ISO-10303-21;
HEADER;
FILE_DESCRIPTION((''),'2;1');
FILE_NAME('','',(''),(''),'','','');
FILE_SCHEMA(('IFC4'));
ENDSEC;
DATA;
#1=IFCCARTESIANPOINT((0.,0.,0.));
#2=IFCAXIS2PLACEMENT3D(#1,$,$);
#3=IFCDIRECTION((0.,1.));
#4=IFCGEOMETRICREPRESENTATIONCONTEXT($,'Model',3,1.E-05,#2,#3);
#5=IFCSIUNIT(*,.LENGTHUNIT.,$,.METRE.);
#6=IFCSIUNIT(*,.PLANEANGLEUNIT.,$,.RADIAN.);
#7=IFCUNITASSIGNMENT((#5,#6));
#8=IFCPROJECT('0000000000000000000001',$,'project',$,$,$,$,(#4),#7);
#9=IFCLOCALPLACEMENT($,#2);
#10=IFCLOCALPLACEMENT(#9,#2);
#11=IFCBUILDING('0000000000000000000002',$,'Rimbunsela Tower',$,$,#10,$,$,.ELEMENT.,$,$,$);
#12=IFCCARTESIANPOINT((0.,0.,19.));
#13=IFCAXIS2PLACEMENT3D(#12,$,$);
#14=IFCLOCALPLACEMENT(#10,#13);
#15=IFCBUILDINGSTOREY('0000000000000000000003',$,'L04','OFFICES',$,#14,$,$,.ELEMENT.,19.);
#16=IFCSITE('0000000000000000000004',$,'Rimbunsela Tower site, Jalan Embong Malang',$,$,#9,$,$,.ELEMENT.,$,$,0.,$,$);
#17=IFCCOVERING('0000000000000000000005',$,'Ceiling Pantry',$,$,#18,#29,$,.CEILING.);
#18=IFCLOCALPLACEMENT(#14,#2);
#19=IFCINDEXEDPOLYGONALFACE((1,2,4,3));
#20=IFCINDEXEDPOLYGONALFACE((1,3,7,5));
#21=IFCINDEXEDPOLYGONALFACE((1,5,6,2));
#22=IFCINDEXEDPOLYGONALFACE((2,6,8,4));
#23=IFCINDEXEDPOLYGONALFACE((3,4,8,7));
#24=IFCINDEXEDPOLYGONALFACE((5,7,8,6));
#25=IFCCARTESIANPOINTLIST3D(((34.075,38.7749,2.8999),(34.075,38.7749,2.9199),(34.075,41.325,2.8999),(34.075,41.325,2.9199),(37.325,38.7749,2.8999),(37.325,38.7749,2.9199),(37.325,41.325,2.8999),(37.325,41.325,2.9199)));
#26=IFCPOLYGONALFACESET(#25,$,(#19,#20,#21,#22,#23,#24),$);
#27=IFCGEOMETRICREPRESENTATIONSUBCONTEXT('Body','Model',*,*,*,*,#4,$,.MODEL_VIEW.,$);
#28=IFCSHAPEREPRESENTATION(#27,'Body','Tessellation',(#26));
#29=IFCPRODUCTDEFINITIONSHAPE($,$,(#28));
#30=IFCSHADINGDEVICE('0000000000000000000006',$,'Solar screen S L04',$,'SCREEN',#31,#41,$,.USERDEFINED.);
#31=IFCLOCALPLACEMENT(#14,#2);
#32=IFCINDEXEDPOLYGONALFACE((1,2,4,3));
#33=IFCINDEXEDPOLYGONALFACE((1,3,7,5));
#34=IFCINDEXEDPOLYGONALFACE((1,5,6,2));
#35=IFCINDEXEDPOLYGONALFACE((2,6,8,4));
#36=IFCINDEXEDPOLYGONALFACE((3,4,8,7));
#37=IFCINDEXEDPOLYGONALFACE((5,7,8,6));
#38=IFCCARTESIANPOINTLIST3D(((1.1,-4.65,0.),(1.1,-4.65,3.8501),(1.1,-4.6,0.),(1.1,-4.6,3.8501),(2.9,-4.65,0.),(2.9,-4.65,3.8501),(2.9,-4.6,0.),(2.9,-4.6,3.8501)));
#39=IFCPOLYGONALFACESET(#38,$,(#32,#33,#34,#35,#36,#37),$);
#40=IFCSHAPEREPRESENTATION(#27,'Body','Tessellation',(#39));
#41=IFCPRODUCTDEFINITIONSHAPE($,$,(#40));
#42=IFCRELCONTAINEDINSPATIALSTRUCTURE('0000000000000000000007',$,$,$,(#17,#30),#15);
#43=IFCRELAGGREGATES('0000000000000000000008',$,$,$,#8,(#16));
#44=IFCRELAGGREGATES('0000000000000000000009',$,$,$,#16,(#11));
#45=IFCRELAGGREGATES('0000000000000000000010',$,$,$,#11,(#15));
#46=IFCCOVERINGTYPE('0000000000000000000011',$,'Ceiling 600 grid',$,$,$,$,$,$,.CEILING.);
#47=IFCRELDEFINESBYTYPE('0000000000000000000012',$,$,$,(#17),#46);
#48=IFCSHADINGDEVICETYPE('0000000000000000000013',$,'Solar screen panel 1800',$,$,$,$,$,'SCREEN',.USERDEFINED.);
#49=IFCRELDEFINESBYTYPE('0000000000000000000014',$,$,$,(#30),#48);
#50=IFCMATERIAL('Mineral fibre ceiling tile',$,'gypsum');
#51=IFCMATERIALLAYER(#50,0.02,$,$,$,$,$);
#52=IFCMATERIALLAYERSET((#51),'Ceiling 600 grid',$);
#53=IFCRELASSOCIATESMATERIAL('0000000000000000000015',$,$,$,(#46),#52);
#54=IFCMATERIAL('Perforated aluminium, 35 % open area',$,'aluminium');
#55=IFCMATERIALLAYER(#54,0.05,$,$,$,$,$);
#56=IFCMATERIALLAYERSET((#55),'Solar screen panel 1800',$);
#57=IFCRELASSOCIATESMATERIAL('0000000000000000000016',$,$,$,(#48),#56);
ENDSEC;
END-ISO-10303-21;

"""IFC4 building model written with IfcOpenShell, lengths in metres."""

from ifc_helpers import new_model, si_unit, direction, frame, origin, origin_2d, place, context, subcontext, project, spatial, polyline, rectangle, outline, extrude, material, layer, layer_set, type_object, element, save


model = new_model("IFC4")

# Units and contexts
model_context = context("Model", 3, precision=1e-05, world=origin(), true_north=direction((0.0, 1.0)))
body_context = subcontext(model_context, "Body", "Model", "MODEL_VIEW")
ifc_project = project(units=[si_unit("LENGTHUNIT", "METRE"), si_unit("PLANEANGLEUNIT", "RADIAN")], contexts=[model_context])

# Site, building, storey
site_placement = place(None, origin())
site = spatial("IfcSite", under=ifc_project, at=site_placement, Name="Rimbunsela Tower site, Jalan Embong Malang", CompositionType="ELEMENT", RefElevation=0.0)
building_placement = place(site_placement, origin())
building = spatial("IfcBuilding", under=site, at=building_placement, Name="Rimbunsela Tower", CompositionType="ELEMENT")
storey_placement = place(building_placement, frame((0.0, 0.0, 19.0)))
storey = spatial("IfcBuildingStorey", under=building, at=storey_placement, Name="L04", Description="OFFICES", CompositionType="ELEMENT", Elevation=19.0)

# Covering
ifc_material_1 = material(Name="Mineral fibre ceiling tile", Category="gypsum")
ifc_layer_1 = layer(ifc_material_1, 0.02)
ifc_layer_set_1 = layer_set([ifc_layer_1], Name="Ceiling 600 grid")
covering_type_1 = type_object("IfcCoveringType", Name="Ceiling 600 grid", PredefinedType="CEILING", material=ifc_layer_set_1)
covering_1_placement = place(storey_placement, frame((0.0, 0.0, 2.8999)))
element("IfcCovering", 1, at=covering_1_placement, inside=storey, type_object=covering_type_1, Name="Ceiling Pantry", PredefinedType="CEILING", context=body_context, shape_type="SweptSolid", body=[
    extrude(outline(polyline([(37.325, 38.7749), (37.325, 41.325), (34.075, 41.325), (34.075, 38.7749), (37.325, 38.7749)])), origin(), (0.0, 0.0, 1.0), 0.02),
])

# Shading device
ifc_material_2 = material(Name="Perforated aluminium, 35 % open area", Category="aluminium")
ifc_layer_2 = layer(ifc_material_2, 0.05)
ifc_layer_set_2 = layer_set([ifc_layer_2], Name="Solar screen panel 1800")
shading_device_type = type_object("IfcShadingDeviceType", Name="Solar screen panel 1800", ElementType="SCREEN", PredefinedType="USERDEFINED", material=ifc_layer_set_2)
shading_device_placement = place(storey_placement, frame((2.0, -4.625, 0.0), z_axis=(0.0, 0.0, 1.0), x_axis=(1.0, 0.0, 0.0)))
element("IfcShadingDevice", 2, at=shading_device_placement, inside=storey, type_object=shading_device_type, Name="Solar screen S L04", ObjectType="SCREEN", PredefinedType="USERDEFINED", context=body_context, shape_type="SweptSolid", body=[
    extrude(rectangle(XDim=1.8, YDim=0.05, at=origin_2d()), origin(), (0.0, 0.0, 1.0), 3.8501),
])

save(model, "model.ifc")
